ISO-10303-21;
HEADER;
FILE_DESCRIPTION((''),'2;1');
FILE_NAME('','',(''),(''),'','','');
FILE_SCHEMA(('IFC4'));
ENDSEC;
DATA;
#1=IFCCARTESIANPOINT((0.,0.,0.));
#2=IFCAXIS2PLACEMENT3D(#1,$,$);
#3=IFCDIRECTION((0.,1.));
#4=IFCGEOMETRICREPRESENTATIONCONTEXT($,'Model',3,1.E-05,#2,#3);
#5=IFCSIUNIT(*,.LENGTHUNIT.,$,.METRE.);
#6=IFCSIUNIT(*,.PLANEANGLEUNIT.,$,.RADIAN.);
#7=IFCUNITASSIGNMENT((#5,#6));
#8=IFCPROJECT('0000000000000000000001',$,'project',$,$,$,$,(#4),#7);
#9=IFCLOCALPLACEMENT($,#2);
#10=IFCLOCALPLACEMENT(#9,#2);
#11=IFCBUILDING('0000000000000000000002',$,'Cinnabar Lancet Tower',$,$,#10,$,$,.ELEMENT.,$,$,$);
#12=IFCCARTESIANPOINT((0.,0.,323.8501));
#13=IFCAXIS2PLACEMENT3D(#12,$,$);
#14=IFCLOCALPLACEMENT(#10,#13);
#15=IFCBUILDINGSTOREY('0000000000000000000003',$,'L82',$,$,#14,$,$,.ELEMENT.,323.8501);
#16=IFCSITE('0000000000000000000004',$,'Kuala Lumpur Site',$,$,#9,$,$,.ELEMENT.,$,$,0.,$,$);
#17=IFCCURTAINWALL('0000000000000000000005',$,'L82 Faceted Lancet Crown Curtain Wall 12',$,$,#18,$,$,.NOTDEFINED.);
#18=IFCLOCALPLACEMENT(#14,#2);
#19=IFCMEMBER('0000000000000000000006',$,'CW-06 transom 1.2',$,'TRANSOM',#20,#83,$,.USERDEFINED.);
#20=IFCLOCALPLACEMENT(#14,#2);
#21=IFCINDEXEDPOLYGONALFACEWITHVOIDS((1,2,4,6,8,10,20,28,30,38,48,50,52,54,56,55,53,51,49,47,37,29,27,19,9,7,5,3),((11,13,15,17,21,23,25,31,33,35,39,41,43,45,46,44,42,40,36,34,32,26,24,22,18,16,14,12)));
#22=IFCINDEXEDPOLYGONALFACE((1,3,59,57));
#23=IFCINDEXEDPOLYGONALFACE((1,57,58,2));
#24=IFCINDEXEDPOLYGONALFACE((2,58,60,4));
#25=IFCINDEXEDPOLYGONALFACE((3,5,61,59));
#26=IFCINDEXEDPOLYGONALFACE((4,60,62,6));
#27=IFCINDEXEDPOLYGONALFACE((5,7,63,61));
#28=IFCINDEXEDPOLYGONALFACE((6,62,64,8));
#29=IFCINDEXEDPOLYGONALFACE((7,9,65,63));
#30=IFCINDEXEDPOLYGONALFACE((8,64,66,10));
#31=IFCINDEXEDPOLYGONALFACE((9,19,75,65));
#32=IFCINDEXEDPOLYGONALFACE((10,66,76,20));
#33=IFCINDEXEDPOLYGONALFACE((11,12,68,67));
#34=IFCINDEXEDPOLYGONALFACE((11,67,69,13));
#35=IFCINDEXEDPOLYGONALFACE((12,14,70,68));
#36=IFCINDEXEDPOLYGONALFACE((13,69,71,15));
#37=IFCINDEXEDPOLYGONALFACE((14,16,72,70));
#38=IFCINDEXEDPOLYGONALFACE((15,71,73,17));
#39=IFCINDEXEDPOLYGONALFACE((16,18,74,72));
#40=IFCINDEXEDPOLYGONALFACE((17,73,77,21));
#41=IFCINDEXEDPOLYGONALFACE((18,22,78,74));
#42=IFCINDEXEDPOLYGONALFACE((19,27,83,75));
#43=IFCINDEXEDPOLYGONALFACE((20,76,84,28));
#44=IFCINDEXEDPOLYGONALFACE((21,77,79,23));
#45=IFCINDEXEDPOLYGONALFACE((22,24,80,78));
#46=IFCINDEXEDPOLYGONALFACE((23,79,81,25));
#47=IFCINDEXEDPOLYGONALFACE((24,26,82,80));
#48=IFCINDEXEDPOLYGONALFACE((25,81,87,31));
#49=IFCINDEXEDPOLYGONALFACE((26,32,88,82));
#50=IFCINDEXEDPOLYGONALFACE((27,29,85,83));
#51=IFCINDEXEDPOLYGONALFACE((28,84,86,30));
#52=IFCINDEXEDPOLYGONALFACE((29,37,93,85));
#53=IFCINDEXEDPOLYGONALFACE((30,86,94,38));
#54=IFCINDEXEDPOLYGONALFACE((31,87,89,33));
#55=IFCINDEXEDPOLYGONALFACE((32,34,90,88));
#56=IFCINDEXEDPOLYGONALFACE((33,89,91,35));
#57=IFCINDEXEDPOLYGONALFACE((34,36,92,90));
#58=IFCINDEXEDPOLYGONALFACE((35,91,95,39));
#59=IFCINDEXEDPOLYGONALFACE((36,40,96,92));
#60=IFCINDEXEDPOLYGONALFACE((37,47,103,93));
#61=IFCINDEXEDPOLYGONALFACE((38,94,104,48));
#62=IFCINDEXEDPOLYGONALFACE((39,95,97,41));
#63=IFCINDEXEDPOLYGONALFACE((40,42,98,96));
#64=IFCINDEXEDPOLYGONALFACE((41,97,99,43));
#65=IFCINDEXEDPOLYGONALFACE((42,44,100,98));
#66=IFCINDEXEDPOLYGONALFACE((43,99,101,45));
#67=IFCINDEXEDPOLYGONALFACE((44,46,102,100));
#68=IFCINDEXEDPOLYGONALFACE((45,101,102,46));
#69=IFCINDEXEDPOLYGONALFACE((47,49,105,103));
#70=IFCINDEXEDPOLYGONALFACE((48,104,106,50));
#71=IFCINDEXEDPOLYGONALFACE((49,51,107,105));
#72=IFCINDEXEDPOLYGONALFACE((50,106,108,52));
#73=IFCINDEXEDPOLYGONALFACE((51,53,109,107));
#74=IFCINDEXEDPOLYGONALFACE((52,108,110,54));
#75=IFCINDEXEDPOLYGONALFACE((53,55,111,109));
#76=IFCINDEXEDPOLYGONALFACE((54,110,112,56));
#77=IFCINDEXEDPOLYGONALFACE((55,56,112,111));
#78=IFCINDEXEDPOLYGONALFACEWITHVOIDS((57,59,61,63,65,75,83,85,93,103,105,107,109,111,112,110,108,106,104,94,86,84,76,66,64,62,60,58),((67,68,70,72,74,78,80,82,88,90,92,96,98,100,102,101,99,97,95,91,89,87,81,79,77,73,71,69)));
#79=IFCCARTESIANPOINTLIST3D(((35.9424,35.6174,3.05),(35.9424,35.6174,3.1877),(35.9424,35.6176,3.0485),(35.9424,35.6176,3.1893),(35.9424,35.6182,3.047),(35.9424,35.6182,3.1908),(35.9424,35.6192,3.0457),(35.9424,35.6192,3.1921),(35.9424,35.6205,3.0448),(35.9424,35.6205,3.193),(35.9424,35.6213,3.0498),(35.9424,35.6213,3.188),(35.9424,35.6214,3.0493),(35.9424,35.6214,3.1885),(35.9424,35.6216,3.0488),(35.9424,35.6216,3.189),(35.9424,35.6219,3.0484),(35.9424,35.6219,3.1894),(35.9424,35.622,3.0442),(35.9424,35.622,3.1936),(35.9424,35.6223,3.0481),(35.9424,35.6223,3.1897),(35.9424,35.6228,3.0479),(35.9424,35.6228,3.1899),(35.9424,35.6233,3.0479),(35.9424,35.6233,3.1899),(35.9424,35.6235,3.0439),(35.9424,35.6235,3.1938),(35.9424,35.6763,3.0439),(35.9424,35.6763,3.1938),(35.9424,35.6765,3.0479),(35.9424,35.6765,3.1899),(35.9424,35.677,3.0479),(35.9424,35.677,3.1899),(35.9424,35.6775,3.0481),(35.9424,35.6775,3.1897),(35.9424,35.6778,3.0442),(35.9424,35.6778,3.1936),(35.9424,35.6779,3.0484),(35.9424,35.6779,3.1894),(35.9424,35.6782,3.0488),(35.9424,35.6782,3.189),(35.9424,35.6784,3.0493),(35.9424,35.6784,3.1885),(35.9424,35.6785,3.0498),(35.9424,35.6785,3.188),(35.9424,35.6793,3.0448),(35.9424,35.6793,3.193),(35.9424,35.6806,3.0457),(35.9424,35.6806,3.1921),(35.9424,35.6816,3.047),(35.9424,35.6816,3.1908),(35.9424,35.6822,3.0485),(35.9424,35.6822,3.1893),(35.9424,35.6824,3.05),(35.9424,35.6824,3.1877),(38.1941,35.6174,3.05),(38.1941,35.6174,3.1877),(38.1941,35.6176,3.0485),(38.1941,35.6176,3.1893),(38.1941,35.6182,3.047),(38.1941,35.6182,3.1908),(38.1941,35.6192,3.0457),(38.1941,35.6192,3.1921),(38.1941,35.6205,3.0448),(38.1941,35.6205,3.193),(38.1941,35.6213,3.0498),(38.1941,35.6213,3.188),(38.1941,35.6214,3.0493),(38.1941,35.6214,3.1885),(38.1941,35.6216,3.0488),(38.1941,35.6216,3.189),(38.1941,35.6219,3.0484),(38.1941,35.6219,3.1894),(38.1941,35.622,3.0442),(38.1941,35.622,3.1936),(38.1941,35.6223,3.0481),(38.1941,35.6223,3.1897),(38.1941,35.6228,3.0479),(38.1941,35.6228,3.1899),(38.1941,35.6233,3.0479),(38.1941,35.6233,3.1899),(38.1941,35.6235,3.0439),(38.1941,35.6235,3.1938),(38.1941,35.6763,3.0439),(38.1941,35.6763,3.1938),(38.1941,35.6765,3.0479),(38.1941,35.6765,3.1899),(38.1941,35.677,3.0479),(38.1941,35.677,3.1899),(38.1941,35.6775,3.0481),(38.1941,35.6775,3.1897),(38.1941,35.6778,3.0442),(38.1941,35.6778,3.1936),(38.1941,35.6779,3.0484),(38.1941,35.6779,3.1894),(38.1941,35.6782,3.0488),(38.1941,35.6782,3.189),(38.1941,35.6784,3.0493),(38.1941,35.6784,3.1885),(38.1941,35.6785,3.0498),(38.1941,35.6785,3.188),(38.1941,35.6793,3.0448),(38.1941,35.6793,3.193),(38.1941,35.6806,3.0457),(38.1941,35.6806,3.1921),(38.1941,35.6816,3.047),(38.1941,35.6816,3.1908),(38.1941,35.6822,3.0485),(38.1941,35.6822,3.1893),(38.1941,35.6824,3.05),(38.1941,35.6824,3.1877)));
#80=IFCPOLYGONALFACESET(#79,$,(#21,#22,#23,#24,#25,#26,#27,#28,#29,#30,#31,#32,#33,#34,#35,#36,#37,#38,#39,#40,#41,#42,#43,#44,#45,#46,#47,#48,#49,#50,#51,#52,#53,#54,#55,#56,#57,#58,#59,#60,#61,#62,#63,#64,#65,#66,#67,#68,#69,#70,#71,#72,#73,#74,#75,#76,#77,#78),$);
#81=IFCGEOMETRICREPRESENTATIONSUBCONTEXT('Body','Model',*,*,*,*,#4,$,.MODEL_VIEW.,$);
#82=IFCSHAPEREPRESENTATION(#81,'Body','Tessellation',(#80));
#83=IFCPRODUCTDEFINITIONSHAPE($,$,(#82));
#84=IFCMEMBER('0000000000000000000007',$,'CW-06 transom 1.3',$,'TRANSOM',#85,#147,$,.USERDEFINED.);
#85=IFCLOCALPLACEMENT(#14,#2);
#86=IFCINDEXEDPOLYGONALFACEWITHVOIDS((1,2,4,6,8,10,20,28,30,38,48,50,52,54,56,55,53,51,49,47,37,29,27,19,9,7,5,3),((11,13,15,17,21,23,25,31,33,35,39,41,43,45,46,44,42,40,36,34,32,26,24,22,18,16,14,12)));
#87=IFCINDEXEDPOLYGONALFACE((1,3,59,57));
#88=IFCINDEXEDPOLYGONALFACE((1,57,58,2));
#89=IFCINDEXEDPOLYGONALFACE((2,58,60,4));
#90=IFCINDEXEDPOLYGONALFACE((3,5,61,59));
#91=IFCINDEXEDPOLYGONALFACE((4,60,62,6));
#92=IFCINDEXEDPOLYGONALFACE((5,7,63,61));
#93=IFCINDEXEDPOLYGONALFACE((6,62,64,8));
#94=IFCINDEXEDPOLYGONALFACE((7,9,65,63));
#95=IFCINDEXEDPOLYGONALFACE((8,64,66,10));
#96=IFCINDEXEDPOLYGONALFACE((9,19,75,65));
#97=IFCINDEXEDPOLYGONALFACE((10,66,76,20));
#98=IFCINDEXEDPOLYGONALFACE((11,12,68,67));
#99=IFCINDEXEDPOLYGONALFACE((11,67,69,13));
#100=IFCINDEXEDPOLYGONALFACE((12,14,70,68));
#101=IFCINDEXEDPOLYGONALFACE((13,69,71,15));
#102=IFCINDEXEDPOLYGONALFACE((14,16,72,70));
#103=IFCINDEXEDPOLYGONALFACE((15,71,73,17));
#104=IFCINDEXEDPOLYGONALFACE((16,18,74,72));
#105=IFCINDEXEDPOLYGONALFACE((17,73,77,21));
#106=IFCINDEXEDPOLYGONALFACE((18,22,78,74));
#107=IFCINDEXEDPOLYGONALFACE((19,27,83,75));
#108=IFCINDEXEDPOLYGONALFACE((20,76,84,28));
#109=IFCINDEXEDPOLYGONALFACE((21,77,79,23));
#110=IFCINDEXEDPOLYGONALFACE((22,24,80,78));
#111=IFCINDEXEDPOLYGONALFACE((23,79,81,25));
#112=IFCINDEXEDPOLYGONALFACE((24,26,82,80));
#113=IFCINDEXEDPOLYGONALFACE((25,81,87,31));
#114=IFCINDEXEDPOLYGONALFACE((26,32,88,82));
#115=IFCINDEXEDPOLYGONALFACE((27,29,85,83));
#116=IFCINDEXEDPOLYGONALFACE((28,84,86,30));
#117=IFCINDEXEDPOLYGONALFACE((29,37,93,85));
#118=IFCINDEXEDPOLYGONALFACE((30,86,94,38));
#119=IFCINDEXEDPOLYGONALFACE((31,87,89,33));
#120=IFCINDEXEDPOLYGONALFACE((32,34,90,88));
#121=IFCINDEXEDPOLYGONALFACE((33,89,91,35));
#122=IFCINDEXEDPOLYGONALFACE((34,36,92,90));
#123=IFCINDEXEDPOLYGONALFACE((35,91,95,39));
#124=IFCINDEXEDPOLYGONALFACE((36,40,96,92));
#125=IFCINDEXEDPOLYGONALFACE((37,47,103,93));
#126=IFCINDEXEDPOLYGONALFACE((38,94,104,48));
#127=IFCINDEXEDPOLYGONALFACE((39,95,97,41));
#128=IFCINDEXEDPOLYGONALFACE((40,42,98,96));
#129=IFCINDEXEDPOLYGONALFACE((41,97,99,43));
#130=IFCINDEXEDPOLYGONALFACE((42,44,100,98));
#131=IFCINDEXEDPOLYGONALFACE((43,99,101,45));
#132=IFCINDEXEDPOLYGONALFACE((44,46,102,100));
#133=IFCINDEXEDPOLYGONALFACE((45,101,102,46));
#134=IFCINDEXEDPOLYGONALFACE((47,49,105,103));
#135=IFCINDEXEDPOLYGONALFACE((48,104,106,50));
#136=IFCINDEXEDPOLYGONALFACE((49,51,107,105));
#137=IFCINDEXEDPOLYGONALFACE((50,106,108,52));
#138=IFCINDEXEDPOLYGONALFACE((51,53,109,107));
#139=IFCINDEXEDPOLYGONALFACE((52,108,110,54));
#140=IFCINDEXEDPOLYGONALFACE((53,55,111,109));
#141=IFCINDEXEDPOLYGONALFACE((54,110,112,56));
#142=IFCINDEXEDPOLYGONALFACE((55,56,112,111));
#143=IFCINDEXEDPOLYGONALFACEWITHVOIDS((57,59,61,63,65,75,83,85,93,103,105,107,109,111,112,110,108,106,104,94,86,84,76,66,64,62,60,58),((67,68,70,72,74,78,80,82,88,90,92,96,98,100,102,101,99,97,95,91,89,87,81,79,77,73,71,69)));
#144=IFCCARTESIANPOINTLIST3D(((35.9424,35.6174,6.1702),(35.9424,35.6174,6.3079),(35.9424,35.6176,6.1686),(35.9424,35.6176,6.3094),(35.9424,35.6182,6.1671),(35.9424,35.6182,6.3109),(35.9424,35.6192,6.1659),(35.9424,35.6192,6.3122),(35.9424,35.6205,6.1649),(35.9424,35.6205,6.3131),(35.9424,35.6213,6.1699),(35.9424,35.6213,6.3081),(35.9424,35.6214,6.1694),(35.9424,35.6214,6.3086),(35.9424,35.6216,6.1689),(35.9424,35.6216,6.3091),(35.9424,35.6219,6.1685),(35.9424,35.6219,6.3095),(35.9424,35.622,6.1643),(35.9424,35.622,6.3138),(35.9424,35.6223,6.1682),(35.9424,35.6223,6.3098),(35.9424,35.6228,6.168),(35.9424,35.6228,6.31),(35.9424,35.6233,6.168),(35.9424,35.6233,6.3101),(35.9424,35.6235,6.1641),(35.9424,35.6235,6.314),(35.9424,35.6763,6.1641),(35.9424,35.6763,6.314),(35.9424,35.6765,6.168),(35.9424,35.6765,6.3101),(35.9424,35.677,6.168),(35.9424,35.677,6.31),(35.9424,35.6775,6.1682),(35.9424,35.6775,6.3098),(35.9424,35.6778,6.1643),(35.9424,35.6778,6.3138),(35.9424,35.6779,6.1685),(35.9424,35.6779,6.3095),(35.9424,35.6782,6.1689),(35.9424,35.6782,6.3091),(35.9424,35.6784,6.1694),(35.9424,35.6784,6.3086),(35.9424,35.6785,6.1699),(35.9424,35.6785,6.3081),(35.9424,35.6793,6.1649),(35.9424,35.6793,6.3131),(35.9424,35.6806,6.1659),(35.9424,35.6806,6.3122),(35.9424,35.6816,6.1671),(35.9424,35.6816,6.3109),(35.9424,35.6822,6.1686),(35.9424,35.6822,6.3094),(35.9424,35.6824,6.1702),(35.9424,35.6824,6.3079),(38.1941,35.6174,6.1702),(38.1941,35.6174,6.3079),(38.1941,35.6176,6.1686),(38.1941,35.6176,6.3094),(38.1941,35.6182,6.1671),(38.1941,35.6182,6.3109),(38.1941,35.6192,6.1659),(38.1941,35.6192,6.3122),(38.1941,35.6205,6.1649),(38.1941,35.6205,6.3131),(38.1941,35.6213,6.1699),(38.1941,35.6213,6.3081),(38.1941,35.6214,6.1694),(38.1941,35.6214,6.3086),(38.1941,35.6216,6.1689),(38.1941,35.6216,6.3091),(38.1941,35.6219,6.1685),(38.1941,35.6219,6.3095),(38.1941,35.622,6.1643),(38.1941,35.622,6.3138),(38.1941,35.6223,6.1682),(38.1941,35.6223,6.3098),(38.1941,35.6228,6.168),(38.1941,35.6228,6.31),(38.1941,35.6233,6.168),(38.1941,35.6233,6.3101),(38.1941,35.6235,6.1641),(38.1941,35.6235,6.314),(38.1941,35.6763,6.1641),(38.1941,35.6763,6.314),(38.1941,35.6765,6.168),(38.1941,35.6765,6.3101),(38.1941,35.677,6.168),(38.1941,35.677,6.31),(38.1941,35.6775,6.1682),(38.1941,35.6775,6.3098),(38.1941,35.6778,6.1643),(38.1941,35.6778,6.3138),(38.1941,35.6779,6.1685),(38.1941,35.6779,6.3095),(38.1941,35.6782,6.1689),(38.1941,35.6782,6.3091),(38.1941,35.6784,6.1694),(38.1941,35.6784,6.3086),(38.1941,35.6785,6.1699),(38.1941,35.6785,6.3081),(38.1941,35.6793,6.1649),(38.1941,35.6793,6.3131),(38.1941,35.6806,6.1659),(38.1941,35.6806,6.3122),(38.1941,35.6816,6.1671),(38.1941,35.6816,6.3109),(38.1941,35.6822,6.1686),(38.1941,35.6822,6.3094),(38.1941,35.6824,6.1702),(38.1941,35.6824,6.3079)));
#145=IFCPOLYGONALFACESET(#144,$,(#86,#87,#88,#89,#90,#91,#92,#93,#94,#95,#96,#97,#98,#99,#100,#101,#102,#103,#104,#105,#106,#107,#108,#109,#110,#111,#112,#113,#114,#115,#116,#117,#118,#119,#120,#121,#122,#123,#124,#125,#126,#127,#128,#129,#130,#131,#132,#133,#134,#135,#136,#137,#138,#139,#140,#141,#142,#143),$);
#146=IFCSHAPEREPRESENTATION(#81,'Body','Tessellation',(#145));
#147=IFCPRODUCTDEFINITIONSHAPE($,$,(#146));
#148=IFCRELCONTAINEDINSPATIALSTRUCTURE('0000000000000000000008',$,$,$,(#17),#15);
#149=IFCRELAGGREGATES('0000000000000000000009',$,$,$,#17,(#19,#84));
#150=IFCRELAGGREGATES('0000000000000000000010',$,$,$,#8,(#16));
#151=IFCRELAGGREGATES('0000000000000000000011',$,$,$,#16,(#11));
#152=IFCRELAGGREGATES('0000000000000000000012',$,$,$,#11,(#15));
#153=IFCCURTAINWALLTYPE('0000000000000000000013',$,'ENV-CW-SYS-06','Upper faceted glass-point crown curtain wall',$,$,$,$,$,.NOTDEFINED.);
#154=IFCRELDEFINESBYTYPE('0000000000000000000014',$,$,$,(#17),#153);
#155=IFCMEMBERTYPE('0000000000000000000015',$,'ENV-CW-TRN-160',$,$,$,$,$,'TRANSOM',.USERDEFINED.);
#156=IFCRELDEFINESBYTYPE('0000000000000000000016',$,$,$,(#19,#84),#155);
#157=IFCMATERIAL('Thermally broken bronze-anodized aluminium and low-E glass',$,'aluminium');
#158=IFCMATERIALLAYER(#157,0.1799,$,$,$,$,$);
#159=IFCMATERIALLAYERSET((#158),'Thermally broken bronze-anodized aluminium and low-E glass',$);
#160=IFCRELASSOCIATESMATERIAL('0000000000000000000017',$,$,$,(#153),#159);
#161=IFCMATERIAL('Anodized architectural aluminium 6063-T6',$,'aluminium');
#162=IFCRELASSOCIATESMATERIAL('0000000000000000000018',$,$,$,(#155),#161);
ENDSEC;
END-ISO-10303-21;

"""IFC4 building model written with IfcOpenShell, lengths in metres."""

from ifc_helpers import new_model, si_unit, direction, frame, origin, origin_2d, place, context, subcontext, project, spatial, hollow_rectangle, extrude, material, layer, layer_set, material_profile, profile_set, type_object, element, aggregate, save


model = new_model("IFC4")

# Units and contexts
model_context = context("Model", 3, precision=1e-05, world=origin(), true_north=direction((0.0, 1.0)))
body_context = subcontext(model_context, "Body", "Model", "MODEL_VIEW")
ifc_project = project(units=[si_unit("LENGTHUNIT", "METRE"), si_unit("PLANEANGLEUNIT", "RADIAN")], contexts=[model_context])

# Site, building, storey
site_placement = place(None, origin())
site = spatial("IfcSite", under=ifc_project, at=site_placement, Name="Kuala Lumpur Site", CompositionType="ELEMENT", RefElevation=0.0)
building_placement = place(site_placement, origin())
building = spatial("IfcBuilding", under=site, at=building_placement, Name="Cinnabar Lancet Tower", CompositionType="ELEMENT")
storey_placement = place(building_placement, frame((0.0, 0.0, 323.8501)))
storey = spatial("IfcBuildingStorey", under=building, at=storey_placement, Name="L82", CompositionType="ELEMENT", Elevation=323.8501)

# Shared definitions
ifc_material_1 = material(Name="Thermally broken bronze-anodized aluminium and low-E glass", Category="aluminium")
ifc_layer_1 = layer(ifc_material_1, 0.1799)
ifc_layer_set_1 = layer_set([ifc_layer_1], Name="Thermally broken bronze-anodized aluminium and low-E glass")
curtain_wall_type = type_object("IfcCurtainWallType", Name="ENV-CW-SYS-06", Description="Upper faceted glass-point crown curtain wall", PredefinedType="NOTDEFINED", material=ifc_layer_set_1)

# Curtain wall, members
curtain_wall_1_placement = place(storey_placement, origin())
curtain_wall_1 = element("IfcCurtainWall", 1, at=curtain_wall_1_placement, inside=storey, type_object=curtain_wall_type, Name="L82 Faceted Lancet Crown Curtain Wall 12", PredefinedType="NOTDEFINED")
ifc_material_2 = material(Name="Anodized architectural aluminium 6063-T6", Category="aluminium")
ifc_material_profile_1 = material_profile(ifc_material_2, hollow_rectangle(XDim=0.0649, YDim=0.1499, WallThickness=0.0039, InnerFilletRadius=0.002, OuterFilletRadius=0.0061, at=origin_2d()), Name="CW-TRN 150x65x4")
ifc_profile_set_1 = profile_set([ifc_material_profile_1], Name="Anodized architectural aluminium 6063-T6")
member_type_1 = type_object("IfcMemberType", Name="ENV-CW-TRN-160", ElementType="TRANSOM", PredefinedType="USERDEFINED", material=ifc_profile_set_1)
member_1_placement = place(storey_placement, frame((38.1941, 35.6499, 3.1189), z_axis=(-1.0, 0.0, 0.0), x_axis=(0.0, -1.0, 0.0)))
member_1 = element("IfcMember", 2, at=member_1_placement, type_object=member_type_1, Name="CW-06 transom 1.2", ObjectType="TRANSOM", PredefinedType="USERDEFINED", context=body_context, shape_type="SweptSolid", body=[
    extrude(hollow_rectangle(XDim=0.0649, YDim=0.1499, WallThickness=0.0039, InnerFilletRadius=0.002, OuterFilletRadius=0.0061, at=origin_2d()), origin(), (0.0, 0.0, 1.0), 2.2517),
])
member_2_placement = place(storey_placement, frame((38.1941, 35.6499, 6.239), z_axis=(-1.0, 0.0, 0.0), x_axis=(0.0, -1.0, 0.0)))
member_2 = element("IfcMember", 3, at=member_2_placement, type_object=member_type_1, Name="CW-06 transom 1.3", ObjectType="TRANSOM", PredefinedType="USERDEFINED", context=body_context, shape_type="SweptSolid", body=[
    extrude(hollow_rectangle(XDim=0.0649, YDim=0.1499, WallThickness=0.0039, InnerFilletRadius=0.002, OuterFilletRadius=0.0061, at=origin_2d()), origin(), (0.0, 0.0, 1.0), 2.2517),
])

aggregate(curtain_wall_1, [member_1, member_2])

save(model, "model.ifc")
